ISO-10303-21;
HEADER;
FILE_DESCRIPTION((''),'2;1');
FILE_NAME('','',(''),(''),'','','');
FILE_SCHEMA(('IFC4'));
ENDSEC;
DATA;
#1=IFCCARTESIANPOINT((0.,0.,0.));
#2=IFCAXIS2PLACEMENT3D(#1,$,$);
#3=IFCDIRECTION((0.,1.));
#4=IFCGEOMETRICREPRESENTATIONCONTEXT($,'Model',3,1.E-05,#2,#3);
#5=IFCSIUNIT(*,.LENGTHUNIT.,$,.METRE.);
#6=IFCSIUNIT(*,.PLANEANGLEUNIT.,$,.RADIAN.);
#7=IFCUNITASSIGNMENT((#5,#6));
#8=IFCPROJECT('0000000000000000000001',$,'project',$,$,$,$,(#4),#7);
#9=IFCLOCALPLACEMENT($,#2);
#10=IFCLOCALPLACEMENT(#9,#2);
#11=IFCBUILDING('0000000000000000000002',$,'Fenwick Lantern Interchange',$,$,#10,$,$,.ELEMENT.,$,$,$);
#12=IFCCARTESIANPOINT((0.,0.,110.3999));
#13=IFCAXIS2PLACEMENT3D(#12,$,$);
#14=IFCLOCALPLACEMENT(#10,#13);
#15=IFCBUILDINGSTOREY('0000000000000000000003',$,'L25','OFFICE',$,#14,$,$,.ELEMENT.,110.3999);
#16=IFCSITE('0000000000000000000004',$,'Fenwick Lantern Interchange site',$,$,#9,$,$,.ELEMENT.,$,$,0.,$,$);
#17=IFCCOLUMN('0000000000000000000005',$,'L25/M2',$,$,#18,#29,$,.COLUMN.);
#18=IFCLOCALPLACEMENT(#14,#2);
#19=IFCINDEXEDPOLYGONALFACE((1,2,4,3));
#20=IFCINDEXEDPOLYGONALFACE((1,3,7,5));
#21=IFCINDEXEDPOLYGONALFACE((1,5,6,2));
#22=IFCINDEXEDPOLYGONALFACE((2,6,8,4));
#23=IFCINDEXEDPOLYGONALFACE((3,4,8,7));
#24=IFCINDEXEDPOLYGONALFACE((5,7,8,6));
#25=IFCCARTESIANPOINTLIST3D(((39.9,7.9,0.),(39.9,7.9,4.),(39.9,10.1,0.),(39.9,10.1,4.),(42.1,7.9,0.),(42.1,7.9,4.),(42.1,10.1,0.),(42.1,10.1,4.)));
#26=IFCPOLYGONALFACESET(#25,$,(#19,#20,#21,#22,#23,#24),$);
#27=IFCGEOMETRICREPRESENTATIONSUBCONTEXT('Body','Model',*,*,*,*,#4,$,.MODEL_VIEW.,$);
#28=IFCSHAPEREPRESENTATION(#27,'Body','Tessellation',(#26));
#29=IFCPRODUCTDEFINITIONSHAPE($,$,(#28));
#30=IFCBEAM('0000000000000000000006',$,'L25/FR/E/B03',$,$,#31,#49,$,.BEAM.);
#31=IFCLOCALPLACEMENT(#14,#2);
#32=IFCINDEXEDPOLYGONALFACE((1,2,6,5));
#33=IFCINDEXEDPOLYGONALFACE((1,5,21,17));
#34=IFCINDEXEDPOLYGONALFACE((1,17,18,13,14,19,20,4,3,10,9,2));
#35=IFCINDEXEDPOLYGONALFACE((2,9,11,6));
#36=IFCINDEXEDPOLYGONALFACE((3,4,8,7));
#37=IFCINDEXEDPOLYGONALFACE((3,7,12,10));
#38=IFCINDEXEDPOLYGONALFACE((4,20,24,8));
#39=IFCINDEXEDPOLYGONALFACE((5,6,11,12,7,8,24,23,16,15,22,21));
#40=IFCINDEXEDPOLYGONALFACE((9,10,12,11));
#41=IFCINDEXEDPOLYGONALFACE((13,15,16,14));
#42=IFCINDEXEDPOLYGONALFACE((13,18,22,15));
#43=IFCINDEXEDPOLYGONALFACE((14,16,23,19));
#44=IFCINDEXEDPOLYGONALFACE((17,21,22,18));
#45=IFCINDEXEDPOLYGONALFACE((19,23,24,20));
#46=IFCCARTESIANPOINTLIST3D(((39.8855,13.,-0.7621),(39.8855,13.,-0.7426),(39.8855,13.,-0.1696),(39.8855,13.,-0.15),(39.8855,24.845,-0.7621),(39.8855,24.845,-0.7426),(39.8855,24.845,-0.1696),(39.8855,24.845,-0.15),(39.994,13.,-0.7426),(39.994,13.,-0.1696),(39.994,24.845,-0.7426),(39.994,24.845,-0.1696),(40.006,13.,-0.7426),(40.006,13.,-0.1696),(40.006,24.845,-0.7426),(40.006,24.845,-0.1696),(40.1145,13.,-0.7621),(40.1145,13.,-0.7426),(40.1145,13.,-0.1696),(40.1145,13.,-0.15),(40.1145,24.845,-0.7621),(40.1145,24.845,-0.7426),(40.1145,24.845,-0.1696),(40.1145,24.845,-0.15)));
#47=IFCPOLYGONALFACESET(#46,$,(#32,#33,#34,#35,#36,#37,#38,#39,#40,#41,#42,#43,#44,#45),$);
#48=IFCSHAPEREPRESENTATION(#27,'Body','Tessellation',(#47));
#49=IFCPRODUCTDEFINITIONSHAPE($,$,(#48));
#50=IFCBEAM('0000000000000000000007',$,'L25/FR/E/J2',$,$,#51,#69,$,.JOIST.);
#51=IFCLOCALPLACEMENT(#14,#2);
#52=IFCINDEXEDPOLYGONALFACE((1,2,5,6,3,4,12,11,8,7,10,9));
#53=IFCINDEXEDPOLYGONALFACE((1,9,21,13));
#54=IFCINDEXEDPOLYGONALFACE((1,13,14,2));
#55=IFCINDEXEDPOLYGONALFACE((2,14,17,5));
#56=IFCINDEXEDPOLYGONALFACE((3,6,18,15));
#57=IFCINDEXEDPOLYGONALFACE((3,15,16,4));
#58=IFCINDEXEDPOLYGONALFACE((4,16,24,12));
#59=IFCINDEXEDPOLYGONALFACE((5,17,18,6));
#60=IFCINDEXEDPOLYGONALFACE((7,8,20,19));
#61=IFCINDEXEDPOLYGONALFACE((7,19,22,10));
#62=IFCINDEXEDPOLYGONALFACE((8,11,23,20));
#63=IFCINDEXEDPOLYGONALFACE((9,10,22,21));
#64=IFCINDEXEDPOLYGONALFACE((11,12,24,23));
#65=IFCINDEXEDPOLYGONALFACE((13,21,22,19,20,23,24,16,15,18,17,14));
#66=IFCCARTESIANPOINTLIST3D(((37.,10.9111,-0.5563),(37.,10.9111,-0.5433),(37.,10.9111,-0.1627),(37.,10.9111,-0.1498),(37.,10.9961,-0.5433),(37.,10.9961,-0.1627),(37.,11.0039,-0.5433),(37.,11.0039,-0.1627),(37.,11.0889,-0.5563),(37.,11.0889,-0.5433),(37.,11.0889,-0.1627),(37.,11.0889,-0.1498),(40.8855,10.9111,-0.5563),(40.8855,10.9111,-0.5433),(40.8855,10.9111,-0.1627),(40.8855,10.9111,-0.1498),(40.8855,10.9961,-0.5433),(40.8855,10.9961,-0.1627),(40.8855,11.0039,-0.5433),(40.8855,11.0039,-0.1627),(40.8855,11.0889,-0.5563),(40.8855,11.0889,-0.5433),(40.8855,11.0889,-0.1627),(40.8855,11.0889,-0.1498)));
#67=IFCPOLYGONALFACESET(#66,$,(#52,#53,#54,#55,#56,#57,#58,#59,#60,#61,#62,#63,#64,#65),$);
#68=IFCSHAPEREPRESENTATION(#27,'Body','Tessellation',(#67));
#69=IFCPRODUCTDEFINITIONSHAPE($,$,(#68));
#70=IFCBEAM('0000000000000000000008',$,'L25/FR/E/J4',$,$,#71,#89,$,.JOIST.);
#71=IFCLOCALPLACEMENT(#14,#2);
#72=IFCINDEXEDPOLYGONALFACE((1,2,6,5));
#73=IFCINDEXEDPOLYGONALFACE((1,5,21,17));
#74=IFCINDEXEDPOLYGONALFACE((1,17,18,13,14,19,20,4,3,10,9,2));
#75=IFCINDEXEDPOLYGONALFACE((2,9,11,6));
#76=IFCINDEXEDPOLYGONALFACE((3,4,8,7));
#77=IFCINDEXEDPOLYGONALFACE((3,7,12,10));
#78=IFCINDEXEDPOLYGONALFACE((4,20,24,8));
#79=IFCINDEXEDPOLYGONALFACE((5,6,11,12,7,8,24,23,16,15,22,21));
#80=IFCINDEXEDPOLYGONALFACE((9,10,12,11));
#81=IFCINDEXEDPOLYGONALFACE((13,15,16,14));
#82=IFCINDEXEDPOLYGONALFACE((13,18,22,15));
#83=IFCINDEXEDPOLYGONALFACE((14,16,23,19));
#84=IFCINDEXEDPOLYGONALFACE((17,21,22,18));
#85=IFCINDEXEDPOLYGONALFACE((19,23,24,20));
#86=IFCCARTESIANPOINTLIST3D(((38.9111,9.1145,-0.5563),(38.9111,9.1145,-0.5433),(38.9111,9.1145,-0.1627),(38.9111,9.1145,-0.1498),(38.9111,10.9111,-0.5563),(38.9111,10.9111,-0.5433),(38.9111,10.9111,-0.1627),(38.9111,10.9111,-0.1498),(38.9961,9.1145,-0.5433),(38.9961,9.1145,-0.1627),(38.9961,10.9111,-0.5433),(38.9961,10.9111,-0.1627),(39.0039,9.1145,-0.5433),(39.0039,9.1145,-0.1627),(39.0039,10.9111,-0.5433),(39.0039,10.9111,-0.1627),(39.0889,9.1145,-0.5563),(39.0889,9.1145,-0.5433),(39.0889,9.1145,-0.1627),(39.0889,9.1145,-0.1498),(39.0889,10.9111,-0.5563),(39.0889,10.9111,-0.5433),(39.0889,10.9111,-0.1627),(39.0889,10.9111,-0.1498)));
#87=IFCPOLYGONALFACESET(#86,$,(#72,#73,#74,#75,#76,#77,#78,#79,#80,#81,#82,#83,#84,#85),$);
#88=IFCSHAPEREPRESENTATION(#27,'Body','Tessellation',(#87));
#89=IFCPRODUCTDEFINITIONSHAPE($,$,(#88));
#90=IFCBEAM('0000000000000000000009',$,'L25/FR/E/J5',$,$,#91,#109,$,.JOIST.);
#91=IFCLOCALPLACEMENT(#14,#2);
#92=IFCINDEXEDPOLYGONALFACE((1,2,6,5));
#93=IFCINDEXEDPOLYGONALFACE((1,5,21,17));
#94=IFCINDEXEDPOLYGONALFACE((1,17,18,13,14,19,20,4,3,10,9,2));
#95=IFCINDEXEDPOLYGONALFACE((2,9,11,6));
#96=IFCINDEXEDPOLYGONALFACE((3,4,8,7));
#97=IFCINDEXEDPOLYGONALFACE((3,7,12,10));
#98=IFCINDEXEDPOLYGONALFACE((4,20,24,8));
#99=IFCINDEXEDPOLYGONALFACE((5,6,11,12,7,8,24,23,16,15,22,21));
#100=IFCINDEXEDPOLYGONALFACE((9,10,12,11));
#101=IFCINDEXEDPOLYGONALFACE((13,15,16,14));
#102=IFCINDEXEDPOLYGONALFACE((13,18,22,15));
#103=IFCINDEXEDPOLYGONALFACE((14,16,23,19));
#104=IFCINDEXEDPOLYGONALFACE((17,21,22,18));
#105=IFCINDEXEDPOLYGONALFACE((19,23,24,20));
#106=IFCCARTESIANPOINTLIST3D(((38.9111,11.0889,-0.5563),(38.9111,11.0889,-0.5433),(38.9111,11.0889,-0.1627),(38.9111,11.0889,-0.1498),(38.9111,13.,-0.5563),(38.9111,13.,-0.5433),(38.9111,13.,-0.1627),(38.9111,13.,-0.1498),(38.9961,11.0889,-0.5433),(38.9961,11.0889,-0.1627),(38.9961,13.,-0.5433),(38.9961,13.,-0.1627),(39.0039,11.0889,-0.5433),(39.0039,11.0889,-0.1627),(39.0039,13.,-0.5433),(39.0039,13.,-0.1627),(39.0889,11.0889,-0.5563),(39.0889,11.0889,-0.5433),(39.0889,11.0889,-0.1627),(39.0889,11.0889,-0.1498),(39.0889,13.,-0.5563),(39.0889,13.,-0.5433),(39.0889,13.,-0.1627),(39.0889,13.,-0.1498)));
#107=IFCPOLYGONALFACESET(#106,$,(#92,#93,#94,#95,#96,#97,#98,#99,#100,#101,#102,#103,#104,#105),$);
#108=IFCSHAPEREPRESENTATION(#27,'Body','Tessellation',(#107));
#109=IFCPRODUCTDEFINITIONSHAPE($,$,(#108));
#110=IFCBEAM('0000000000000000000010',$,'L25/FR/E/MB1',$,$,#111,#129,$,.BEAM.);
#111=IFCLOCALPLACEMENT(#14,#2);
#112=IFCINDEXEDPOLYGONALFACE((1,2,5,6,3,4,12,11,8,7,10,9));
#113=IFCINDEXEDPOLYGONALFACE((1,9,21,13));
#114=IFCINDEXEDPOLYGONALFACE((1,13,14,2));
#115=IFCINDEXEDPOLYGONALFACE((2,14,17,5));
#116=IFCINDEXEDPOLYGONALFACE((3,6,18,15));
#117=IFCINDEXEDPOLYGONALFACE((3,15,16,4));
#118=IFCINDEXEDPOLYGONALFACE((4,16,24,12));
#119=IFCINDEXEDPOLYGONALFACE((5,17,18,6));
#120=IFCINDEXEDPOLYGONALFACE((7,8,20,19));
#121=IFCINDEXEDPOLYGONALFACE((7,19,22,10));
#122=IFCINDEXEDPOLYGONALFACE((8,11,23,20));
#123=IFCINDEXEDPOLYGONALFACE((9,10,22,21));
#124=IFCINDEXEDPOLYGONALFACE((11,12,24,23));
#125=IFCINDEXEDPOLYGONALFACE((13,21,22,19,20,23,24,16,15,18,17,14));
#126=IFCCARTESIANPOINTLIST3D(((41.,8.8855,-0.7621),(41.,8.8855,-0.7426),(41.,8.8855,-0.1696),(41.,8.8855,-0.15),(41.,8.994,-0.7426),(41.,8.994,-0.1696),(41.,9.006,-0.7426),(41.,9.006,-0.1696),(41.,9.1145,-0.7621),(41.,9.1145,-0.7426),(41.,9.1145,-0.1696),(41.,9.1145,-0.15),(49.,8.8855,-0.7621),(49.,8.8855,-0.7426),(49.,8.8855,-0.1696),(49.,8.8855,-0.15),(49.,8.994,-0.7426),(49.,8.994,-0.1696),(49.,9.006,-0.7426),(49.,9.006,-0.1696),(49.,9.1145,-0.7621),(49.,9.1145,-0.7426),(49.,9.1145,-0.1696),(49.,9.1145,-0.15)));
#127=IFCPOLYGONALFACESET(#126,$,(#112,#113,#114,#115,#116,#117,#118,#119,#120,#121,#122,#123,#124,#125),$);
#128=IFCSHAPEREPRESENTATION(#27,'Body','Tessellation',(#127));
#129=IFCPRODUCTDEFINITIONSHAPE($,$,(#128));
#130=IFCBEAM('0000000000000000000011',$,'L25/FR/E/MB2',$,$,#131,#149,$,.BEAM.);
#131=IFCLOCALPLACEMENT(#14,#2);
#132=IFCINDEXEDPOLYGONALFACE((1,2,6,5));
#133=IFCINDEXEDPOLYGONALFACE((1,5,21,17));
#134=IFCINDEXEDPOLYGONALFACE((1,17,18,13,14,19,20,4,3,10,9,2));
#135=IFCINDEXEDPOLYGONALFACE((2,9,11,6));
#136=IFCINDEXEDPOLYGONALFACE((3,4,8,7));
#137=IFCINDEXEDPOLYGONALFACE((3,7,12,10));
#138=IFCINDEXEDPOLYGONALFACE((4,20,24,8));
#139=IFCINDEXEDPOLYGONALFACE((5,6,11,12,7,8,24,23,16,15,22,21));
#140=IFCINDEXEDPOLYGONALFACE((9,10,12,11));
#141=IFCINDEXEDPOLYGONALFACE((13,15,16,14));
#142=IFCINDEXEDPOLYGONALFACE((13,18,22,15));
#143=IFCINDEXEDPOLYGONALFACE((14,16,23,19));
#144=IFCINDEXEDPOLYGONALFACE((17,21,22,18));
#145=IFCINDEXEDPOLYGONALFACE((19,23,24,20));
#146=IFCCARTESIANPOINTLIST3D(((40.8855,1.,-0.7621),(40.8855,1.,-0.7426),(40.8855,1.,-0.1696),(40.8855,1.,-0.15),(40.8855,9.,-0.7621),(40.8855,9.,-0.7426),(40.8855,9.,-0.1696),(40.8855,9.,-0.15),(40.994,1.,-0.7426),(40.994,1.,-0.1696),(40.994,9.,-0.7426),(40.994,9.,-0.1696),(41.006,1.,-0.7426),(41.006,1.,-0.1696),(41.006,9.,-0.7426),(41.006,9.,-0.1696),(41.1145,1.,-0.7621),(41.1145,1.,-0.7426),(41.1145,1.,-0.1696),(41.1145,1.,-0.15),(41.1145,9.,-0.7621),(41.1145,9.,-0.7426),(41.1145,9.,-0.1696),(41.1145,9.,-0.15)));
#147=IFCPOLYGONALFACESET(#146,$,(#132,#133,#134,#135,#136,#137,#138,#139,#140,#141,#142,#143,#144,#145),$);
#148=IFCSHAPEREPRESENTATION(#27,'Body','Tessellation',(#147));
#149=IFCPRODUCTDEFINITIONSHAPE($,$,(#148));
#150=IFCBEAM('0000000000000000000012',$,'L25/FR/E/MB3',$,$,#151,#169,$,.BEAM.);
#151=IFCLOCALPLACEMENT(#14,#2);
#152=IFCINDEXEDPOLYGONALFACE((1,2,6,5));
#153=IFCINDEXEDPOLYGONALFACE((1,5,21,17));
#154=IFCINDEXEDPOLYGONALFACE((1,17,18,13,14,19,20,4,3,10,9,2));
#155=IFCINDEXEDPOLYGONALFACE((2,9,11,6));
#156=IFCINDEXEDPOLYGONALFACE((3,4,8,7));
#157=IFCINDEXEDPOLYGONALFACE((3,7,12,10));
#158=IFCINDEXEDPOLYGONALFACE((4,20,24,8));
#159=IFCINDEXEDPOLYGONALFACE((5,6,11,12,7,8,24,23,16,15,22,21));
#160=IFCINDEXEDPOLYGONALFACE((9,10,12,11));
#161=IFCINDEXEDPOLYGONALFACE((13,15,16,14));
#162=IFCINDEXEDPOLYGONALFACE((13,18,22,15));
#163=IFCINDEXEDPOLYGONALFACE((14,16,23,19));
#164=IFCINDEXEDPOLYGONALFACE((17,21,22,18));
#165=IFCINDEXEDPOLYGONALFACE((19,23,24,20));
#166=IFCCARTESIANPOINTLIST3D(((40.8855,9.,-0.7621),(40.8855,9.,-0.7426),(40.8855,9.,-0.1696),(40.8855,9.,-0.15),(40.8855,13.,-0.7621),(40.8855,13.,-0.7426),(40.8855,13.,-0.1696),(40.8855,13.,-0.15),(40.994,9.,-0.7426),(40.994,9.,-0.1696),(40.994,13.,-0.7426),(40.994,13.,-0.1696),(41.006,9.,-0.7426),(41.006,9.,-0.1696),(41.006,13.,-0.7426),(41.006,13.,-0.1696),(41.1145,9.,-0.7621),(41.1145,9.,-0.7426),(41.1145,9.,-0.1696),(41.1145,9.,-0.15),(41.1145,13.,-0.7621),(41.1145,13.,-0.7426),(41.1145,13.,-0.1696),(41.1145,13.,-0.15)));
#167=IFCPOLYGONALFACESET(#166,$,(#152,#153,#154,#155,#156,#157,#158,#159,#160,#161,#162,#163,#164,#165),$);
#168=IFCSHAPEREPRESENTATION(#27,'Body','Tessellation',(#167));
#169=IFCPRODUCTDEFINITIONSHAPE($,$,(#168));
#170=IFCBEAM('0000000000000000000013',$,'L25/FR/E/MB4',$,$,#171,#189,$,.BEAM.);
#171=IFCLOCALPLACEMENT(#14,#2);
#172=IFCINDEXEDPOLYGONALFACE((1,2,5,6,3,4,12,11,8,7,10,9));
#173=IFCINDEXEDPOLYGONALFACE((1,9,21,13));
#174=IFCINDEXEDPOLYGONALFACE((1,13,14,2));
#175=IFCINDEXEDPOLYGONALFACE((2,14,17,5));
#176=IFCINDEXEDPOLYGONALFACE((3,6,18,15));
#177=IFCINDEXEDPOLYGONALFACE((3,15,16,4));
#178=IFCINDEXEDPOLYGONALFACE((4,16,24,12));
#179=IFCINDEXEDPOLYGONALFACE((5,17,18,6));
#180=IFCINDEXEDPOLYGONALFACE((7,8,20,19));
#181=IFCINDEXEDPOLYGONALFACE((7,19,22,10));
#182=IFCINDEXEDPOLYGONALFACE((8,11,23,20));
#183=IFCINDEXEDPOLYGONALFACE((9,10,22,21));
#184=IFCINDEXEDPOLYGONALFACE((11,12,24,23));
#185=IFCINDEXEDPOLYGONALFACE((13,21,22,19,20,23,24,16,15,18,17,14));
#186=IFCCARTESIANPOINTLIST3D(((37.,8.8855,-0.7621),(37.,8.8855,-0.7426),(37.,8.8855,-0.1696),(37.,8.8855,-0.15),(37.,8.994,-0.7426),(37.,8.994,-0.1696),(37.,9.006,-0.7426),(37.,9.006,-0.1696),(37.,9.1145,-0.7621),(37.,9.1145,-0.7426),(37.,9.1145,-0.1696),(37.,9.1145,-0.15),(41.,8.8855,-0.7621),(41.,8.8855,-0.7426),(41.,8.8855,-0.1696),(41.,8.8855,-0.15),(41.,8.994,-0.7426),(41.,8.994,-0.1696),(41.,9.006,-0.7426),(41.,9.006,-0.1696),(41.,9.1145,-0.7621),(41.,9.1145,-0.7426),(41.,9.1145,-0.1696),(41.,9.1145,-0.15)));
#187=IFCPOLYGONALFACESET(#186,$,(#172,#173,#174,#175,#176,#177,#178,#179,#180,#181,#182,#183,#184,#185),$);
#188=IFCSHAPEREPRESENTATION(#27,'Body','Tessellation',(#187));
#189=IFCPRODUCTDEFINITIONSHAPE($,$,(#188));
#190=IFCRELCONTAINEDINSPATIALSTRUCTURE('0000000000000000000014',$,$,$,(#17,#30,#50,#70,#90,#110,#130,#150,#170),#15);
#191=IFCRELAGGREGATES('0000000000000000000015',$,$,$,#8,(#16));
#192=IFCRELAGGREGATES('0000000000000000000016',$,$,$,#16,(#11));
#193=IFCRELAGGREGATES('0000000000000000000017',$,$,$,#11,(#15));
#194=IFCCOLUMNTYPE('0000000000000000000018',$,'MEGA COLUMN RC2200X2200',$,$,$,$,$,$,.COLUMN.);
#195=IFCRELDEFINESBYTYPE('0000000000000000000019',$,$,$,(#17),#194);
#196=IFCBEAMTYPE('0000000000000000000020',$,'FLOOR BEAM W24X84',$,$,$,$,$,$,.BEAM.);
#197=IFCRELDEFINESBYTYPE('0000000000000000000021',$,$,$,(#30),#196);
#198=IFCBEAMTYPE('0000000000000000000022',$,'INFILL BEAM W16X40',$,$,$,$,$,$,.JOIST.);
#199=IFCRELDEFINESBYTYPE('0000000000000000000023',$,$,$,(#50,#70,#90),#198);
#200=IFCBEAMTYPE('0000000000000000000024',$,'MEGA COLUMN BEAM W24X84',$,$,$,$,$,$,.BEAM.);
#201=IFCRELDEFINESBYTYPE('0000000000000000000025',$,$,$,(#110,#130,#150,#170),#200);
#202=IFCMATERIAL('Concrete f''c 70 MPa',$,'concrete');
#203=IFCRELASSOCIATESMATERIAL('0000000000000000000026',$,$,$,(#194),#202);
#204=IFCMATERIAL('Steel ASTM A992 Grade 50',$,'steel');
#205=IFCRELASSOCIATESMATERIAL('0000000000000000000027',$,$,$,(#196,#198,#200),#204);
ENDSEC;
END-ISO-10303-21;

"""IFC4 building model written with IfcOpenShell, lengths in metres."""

from ifc_helpers import new_model, si_unit, direction, frame, origin, origin_2d, place, context, subcontext, project, spatial, rectangle, i_section, extrude, material, material_profile, profile_set, type_object, element, save


model = new_model("IFC4")

# Units and contexts
model_context = context("Model", 3, precision=1e-05, world=origin(), true_north=direction((0.0, 1.0)))
body_context = subcontext(model_context, "Body", "Model", "MODEL_VIEW")
ifc_project = project(units=[si_unit("LENGTHUNIT", "METRE"), si_unit("PLANEANGLEUNIT", "RADIAN")], contexts=[model_context])

# Site, building, storey
site_placement = place(None, origin())
site = spatial("IfcSite", under=ifc_project, at=site_placement, Name="Fenwick Lantern Interchange site", CompositionType="ELEMENT", RefElevation=0.0)
building_placement = place(site_placement, origin())
building = spatial("IfcBuilding", under=site, at=building_placement, Name="Fenwick Lantern Interchange", CompositionType="ELEMENT")
storey_placement = place(building_placement, frame((0.0, 0.0, 110.3999)))
storey = spatial("IfcBuildingStorey", under=building, at=storey_placement, Name="L25", Description="OFFICE", CompositionType="ELEMENT", Elevation=110.3999)

# Column
ifc_material_1 = material(Name="Concrete f'c 70 MPa", Category="concrete")
ifc_material_profile_1 = material_profile(ifc_material_1, rectangle(XDim=2.2, YDim=2.2, at=origin_2d()), Name="RC2200X2200")
ifc_profile_set_1 = profile_set([ifc_material_profile_1], Name="Concrete f'c 70 MPa")
column_type = type_object("IfcColumnType", Name="MEGA COLUMN RC2200X2200", PredefinedType="COLUMN", material=ifc_profile_set_1)
column_placement = place(storey_placement, frame((41.0, 9.0, 0.0), z_axis=(0.0, 0.0, 1.0), x_axis=(1.0, 0.0, 0.0)))
element("IfcColumn", 1, at=column_placement, inside=storey, type_object=column_type, Name="L25/M2", PredefinedType="COLUMN", context=body_context, shape_type="SweptSolid", body=[
    extrude(rectangle(XDim=2.2, YDim=2.2, at=origin_2d()), origin(), (0.0, 0.0, 1.0), 4.0),
])

# Beams
ifc_material_2 = material(Name="Steel ASTM A992 Grade 50", Category="steel")
ifc_material_profile_2 = material_profile(ifc_material_2, i_section(OverallWidth=0.229, OverallDepth=0.6121, WebThickness=0.012, FlangeThickness=0.0195, at=origin_2d()), Name="W24X84")
ifc_profile_set_2 = profile_set([ifc_material_profile_2], Name="Steel ASTM A992 Grade 50")
beam_type_1 = type_object("IfcBeamType", Name="FLOOR BEAM W24X84", PredefinedType="BEAM", material=ifc_profile_set_2)
beam_1_placement = place(storey_placement, frame((40.0, 13.0, -0.4561), z_axis=(0.0, 1.0, 0.0), x_axis=(-1.0, 0.0, 0.0)))
element("IfcBeam", 2, at=beam_1_placement, inside=storey, type_object=beam_type_1, Name="L25/FR/E/B03", PredefinedType="BEAM", context=body_context, shape_type="SweptSolid", body=[
    extrude(i_section(OverallWidth=0.229, OverallDepth=0.6121, WebThickness=0.012, FlangeThickness=0.0195, at=origin_2d()), origin(), (0.0, 0.0, 1.0), 11.845),
])
ifc_material_profile_3 = material_profile(ifc_material_2, i_section(OverallWidth=0.1777, OverallDepth=0.4065, WebThickness=0.0078, FlangeThickness=0.0129, at=origin_2d()), Name="W16X40")
ifc_profile_set_3 = profile_set([ifc_material_profile_3], Name="Steel ASTM A992 Grade 50")
beam_type_2 = type_object("IfcBeamType", Name="INFILL BEAM W16X40", PredefinedType="JOIST", material=ifc_profile_set_3)
beam_2_placement = place(storey_placement, frame((40.8855, 11.0, -0.353), z_axis=(-1.0, 0.0, 0.0), x_axis=(0.0, -1.0, 0.0)))
element("IfcBeam", 3, at=beam_2_placement, inside=storey, type_object=beam_type_2, Name="L25/FR/E/J2", PredefinedType="JOIST", context=body_context, shape_type="SweptSolid", body=[
    extrude(i_section(OverallWidth=0.1777, OverallDepth=0.4065, WebThickness=0.0078, FlangeThickness=0.0129, at=origin_2d()), origin(), (0.0, 0.0, 1.0), 3.8855),
])
beam_3_placement = place(storey_placement, frame((39.0, 9.1145, -0.353), z_axis=(0.0, 1.0, 0.0), x_axis=(-1.0, 0.0, 0.0)))
element("IfcBeam", 4, at=beam_3_placement, inside=storey, type_object=beam_type_2, Name="L25/FR/E/J4", PredefinedType="JOIST", context=body_context, shape_type="SweptSolid", body=[
    extrude(i_section(OverallWidth=0.1777, OverallDepth=0.4065, WebThickness=0.0078, FlangeThickness=0.0129, at=origin_2d()), origin(), (0.0, 0.0, 1.0), 1.7966),
])
beam_4_placement = place(storey_placement, frame((39.0, 11.0889, -0.353), z_axis=(0.0, 1.0, 0.0), x_axis=(-1.0, 0.0, 0.0)))
element("IfcBeam", 5, at=beam_4_placement, inside=storey, type_object=beam_type_2, Name="L25/FR/E/J5", PredefinedType="JOIST", context=body_context, shape_type="SweptSolid", body=[
    extrude(i_section(OverallWidth=0.1777, OverallDepth=0.4065, WebThickness=0.0078, FlangeThickness=0.0129, at=origin_2d()), origin(), (0.0, 0.0, 1.0), 1.9111),
])
ifc_material_profile_4 = material_profile(ifc_material_2, i_section(OverallWidth=0.229, OverallDepth=0.6121, WebThickness=0.012, FlangeThickness=0.0195, at=origin_2d()), Name="W24X84")
ifc_profile_set_4 = profile_set([ifc_material_profile_4], Name="Steel ASTM A992 Grade 50")
beam_type_3 = type_object("IfcBeamType", Name="MEGA COLUMN BEAM W24X84", PredefinedType="BEAM", material=ifc_profile_set_4)
for number, where, z_axis, x_axis, name in (
    (6, (41.0, 9.0, -0.4561), (1.0, 0.0, 0.0), (0.0, 1.0, 0.0), "L25/FR/E/MB1"),
    (7, (41.0, 9.0, -0.4561), (0.0, -1.0, 0.0), (1.0, 0.0, 0.0), "L25/FR/E/MB2"),
):
    element("IfcBeam", number, at=place(storey_placement, frame(where, z_axis=z_axis, x_axis=x_axis)), inside=storey, type_object=beam_type_3, Name=name, PredefinedType="BEAM", context=body_context, shape_type="SweptSolid", body=[
        extrude(i_section(OverallWidth=0.229, OverallDepth=0.6121, WebThickness=0.012, FlangeThickness=0.0195, at=origin_2d()), origin(), (0.0, 0.0, 1.0), 8.0),
    ])
for number, where, z_axis, x_axis, name in (
    (8, (41.0, 9.0, -0.4561), (0.0, 1.0, 0.0), (-1.0, 0.0, 0.0), "L25/FR/E/MB3"),
    (9, (41.0, 9.0, -0.4561), (-1.0, 0.0, 0.0), (0.0, -1.0, 0.0), "L25/FR/E/MB4"),
):
    element("IfcBeam", number, at=place(storey_placement, frame(where, z_axis=z_axis, x_axis=x_axis)), inside=storey, type_object=beam_type_3, Name=name, PredefinedType="BEAM", context=body_context, shape_type="SweptSolid", body=[
        extrude(i_section(OverallWidth=0.229, OverallDepth=0.6121, WebThickness=0.012, FlangeThickness=0.0195, at=origin_2d()), origin(), (0.0, 0.0, 1.0), 4.0),
    ])

save(model, "model.ifc")
